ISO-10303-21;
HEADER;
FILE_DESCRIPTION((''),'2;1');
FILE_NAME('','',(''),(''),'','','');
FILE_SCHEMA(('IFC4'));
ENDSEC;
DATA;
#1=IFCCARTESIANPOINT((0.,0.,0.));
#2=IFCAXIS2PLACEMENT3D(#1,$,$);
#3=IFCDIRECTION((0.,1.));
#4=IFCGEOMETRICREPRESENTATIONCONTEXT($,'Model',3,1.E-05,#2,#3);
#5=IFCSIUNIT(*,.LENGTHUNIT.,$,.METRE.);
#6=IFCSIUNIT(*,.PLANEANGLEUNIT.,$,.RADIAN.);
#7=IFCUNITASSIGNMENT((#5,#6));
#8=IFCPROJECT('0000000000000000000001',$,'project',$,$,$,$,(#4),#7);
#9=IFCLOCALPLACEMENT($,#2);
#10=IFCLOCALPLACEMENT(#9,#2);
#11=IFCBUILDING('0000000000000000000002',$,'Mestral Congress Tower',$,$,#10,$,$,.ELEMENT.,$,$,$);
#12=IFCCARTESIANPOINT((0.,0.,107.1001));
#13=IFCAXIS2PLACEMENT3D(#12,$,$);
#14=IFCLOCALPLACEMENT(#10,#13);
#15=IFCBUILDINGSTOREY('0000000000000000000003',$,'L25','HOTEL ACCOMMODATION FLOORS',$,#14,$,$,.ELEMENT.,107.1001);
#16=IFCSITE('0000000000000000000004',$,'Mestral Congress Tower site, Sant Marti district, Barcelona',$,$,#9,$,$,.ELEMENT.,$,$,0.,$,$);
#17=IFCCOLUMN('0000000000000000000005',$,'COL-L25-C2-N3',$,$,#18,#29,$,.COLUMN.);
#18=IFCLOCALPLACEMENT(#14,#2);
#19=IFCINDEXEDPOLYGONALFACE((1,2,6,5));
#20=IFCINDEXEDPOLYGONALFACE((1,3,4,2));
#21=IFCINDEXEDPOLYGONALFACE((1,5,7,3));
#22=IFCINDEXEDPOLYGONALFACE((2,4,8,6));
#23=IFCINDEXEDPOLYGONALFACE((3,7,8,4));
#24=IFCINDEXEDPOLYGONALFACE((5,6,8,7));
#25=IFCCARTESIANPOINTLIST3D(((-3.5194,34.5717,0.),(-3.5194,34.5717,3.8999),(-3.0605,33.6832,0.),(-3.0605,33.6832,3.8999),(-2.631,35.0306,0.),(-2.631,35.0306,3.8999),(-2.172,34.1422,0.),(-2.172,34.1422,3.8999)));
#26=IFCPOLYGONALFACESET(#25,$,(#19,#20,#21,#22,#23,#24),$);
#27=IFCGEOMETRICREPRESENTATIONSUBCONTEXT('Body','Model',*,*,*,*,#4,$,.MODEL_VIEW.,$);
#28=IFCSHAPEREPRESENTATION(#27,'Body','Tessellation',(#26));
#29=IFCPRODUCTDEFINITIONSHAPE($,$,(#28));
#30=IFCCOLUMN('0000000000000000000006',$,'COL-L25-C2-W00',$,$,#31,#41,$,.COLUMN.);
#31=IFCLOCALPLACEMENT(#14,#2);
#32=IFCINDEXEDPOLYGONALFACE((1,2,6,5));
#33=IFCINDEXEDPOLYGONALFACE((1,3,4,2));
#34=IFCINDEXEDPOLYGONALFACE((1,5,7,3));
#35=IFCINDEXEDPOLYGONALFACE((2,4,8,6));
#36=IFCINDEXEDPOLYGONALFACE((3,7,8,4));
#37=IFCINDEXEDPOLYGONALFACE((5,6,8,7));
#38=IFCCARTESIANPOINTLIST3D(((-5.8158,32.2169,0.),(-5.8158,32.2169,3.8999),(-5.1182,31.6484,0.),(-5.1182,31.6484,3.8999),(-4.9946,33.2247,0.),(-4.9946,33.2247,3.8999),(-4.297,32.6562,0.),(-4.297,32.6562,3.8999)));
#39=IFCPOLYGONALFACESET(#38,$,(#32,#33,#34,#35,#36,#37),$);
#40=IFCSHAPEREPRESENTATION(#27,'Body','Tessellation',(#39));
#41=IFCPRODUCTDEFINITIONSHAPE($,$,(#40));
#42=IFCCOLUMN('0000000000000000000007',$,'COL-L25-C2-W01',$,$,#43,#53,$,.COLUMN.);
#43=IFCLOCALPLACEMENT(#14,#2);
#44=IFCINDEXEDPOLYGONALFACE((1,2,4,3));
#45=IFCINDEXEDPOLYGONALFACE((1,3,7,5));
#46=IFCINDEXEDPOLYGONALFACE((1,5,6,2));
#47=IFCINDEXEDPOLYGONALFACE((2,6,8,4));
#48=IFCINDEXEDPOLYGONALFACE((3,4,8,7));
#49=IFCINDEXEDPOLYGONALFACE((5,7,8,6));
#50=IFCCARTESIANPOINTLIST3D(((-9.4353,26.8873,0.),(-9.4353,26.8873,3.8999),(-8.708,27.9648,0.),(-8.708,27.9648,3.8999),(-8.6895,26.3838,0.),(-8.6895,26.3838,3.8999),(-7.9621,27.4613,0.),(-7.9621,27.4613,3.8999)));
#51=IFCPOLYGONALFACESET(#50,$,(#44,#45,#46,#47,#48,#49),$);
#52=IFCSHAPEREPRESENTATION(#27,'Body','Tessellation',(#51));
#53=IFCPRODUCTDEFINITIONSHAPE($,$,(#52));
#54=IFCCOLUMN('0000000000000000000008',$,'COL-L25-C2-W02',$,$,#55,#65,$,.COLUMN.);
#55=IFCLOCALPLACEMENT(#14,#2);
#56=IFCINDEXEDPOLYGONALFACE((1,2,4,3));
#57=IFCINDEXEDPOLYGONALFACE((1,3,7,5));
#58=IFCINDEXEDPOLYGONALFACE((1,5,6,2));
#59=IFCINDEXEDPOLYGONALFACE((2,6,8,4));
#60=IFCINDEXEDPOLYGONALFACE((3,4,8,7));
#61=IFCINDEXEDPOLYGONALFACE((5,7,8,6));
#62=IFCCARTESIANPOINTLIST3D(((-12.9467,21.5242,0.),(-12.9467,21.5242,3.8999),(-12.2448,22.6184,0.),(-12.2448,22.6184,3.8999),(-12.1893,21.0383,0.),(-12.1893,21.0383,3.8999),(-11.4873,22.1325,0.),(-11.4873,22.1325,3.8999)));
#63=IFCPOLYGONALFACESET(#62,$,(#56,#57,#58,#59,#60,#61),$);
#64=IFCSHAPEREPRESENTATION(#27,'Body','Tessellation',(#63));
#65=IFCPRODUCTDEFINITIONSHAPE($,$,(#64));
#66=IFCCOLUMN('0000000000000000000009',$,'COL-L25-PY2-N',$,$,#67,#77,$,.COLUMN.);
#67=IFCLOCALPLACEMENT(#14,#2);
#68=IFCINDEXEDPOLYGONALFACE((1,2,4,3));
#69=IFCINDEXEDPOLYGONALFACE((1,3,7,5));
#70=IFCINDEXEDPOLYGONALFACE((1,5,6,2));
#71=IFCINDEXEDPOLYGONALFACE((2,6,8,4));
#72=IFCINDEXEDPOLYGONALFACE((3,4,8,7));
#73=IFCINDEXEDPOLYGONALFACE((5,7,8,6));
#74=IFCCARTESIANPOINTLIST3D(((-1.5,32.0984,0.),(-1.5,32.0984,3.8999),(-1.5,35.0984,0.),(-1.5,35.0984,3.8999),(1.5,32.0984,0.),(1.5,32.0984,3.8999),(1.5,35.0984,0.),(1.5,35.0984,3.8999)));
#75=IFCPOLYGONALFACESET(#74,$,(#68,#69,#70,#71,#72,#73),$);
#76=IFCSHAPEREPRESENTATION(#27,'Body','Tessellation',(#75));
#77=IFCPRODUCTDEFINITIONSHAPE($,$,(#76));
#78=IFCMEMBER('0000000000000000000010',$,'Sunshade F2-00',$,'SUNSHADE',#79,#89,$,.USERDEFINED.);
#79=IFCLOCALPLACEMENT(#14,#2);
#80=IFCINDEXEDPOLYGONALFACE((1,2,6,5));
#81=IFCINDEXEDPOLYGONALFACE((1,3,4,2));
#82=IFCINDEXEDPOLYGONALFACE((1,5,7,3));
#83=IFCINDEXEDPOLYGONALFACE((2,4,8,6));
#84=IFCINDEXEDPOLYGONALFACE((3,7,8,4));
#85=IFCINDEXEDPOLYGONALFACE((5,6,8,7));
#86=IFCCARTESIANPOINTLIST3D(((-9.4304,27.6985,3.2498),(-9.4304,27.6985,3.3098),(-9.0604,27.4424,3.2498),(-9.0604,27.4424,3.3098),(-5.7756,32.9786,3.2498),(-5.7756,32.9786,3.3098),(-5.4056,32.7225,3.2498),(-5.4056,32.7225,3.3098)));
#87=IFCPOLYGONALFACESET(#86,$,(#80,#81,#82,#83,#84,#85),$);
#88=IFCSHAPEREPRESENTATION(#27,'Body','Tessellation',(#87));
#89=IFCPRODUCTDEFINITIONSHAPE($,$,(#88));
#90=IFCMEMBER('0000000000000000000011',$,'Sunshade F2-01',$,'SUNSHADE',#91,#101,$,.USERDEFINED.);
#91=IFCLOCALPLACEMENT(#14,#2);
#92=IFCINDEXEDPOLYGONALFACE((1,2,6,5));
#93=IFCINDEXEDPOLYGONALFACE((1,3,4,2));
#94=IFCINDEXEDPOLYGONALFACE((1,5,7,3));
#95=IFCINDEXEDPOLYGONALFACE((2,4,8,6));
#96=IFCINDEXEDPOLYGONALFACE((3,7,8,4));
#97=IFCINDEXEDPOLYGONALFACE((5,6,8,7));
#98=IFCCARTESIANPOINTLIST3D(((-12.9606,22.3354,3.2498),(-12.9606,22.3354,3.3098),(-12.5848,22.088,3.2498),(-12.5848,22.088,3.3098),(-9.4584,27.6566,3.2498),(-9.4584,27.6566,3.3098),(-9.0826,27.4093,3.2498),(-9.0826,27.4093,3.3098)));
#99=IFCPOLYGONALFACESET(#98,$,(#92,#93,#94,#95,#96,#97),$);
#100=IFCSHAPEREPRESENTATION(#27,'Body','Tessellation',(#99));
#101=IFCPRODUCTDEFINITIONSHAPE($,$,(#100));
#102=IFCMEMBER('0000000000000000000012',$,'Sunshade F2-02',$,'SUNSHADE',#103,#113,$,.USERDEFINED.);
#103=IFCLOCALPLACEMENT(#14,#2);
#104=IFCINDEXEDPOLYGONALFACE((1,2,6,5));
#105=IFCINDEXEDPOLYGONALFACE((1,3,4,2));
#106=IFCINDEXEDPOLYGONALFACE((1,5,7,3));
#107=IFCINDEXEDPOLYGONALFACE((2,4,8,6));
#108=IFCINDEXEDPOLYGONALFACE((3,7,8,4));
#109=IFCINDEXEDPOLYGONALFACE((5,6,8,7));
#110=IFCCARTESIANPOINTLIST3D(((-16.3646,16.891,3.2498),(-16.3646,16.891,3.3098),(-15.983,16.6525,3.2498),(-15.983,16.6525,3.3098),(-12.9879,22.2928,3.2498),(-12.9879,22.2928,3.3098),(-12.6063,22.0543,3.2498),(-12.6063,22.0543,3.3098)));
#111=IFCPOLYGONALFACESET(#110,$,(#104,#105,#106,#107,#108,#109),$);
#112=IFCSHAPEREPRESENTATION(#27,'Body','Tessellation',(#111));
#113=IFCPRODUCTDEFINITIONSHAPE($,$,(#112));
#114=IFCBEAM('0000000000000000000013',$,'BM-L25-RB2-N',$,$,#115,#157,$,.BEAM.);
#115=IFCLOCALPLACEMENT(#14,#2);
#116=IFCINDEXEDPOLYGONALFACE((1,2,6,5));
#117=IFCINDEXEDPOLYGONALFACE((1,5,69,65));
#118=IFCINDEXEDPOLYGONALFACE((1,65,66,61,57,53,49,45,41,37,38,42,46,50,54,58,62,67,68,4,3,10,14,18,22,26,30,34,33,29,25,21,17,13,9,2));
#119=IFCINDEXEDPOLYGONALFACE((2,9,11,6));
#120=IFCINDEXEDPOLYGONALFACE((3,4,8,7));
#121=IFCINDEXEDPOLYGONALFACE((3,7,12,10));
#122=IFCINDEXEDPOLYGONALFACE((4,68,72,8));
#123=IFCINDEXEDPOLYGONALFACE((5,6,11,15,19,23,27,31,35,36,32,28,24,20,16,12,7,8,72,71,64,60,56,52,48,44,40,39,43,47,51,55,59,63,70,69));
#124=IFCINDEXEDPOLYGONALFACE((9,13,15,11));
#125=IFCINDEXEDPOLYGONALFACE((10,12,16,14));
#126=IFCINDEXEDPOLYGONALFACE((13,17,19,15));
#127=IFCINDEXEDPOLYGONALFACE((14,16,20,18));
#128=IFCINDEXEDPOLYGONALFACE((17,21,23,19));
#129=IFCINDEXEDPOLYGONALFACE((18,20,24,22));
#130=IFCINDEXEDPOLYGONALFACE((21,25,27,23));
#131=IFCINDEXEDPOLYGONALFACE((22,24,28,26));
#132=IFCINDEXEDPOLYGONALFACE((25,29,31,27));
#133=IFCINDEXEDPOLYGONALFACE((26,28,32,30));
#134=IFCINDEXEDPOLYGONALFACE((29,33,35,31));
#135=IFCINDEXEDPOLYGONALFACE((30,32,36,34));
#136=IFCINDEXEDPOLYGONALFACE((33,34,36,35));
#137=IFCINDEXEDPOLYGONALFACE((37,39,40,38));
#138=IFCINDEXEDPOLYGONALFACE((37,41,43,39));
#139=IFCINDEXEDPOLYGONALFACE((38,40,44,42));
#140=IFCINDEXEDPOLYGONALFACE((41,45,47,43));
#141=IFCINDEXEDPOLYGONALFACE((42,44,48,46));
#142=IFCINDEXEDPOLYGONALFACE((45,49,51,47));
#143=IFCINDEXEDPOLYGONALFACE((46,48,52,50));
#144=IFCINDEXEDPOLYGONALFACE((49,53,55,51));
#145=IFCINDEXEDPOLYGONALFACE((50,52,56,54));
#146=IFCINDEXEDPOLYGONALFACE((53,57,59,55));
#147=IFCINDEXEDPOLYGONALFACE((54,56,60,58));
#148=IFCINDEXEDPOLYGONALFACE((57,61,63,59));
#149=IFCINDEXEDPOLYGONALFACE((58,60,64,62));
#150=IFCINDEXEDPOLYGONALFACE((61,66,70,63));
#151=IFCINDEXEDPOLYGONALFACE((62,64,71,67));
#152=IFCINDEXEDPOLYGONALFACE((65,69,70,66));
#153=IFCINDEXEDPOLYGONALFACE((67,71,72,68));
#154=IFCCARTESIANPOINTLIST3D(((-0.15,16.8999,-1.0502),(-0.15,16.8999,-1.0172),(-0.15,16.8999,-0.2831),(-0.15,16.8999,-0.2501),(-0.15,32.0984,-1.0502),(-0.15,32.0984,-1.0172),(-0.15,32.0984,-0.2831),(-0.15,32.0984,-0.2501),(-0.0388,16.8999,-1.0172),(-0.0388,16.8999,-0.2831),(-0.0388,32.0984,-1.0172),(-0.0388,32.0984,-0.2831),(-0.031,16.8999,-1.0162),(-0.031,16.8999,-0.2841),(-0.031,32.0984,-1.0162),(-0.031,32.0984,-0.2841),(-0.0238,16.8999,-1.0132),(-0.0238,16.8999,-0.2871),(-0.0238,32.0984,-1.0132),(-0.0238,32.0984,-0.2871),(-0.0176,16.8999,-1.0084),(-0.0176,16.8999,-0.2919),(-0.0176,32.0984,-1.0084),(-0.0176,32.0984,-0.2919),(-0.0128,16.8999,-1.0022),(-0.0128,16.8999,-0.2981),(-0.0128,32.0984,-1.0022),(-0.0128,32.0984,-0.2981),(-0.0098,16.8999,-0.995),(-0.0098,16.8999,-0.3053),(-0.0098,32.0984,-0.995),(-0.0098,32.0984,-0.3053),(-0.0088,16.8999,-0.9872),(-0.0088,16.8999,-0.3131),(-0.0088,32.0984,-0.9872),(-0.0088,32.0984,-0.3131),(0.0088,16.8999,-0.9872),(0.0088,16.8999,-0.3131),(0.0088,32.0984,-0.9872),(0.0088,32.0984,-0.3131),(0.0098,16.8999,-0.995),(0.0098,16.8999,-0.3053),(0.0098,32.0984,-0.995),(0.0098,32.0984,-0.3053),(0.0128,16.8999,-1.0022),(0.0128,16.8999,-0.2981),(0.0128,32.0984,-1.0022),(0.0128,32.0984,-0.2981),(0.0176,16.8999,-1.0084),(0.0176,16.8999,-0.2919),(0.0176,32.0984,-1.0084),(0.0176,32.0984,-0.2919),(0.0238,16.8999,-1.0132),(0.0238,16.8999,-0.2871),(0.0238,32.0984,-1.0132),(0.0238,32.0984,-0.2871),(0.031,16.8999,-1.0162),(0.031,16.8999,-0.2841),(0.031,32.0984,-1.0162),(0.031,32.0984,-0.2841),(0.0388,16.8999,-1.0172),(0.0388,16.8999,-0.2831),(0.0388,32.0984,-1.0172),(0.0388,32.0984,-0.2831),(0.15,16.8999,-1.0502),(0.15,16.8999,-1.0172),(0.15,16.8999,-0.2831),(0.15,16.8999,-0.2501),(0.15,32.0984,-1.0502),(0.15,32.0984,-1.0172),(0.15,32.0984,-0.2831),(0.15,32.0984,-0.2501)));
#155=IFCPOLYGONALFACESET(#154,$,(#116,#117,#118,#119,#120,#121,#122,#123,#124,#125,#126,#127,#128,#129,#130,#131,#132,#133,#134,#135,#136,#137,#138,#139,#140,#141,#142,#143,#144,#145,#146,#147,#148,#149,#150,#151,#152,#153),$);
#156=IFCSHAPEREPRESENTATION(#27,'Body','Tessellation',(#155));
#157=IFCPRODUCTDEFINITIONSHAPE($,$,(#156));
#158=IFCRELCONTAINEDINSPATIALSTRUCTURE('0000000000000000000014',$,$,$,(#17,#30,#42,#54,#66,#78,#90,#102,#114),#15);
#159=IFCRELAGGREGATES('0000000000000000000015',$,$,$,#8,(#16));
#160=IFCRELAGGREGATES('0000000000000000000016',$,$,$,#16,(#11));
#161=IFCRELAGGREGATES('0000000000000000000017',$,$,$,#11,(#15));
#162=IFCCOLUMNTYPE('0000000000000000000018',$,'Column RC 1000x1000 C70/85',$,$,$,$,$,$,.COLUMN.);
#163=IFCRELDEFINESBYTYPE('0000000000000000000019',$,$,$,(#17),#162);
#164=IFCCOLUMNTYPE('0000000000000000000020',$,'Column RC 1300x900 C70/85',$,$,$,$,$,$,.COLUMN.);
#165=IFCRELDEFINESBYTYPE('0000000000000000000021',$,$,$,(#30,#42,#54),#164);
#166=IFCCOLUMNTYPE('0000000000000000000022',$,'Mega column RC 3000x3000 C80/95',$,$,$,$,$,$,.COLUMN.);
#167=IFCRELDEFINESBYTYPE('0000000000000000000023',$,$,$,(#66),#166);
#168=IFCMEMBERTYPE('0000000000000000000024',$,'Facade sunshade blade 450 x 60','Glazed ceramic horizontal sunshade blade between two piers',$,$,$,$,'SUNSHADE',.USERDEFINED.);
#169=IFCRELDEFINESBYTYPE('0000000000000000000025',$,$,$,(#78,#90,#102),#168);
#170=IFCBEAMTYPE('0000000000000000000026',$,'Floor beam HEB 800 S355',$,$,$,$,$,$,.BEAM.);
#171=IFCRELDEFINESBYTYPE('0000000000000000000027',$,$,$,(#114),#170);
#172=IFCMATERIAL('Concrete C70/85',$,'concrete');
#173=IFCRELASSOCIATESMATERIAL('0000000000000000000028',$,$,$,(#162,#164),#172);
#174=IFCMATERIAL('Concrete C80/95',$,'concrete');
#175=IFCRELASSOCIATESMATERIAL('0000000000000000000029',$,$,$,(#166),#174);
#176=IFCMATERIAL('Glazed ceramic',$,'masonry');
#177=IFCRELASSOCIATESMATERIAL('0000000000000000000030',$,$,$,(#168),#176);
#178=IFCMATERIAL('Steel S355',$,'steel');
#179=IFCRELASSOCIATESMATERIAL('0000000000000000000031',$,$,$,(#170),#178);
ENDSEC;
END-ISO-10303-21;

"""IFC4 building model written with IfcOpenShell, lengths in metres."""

from ifc_helpers import new_model, si_unit, direction, frame, origin, origin_2d, place, context, subcontext, project, spatial, rectangle, i_section, extrude, material, material_profile, profile_set, type_object, element, save


model = new_model("IFC4")

# Units and contexts
model_context = context("Model", 3, precision=1e-05, world=origin(), true_north=direction((0.0, 1.0)))
body_context = subcontext(model_context, "Body", "Model", "MODEL_VIEW")
ifc_project = project(units=[si_unit("LENGTHUNIT", "METRE"), si_unit("PLANEANGLEUNIT", "RADIAN")], contexts=[model_context])

# Site, building, storey
site_placement = place(None, origin())
site = spatial("IfcSite", under=ifc_project, at=site_placement, Name="Mestral Congress Tower site, Sant Marti district, Barcelona", CompositionType="ELEMENT", RefElevation=0.0)
building_placement = place(site_placement, origin())
building = spatial("IfcBuilding", under=site, at=building_placement, Name="Mestral Congress Tower", CompositionType="ELEMENT")
storey_placement = place(building_placement, frame((0.0, 0.0, 107.1001)))
storey = spatial("IfcBuildingStorey", under=building, at=storey_placement, Name="L25", Description="HOTEL ACCOMMODATION FLOORS", CompositionType="ELEMENT", Elevation=107.1001)

# Columns
ifc_material_1 = material(Name="Concrete C70/85", Category="concrete")
ifc_material_profile_1 = material_profile(ifc_material_1, rectangle(XDim=1.0, YDim=1.0, at=origin_2d()), Name="RC 1000x1000")
ifc_profile_set_1 = profile_set([ifc_material_profile_1], Name="Concrete C70/85")
column_type_1 = type_object("IfcColumnType", Name="Column RC 1000x1000 C70/85", PredefinedType="COLUMN", material=ifc_profile_set_1)
column_1_placement = place(storey_placement, frame((-2.8457, 34.3569, 0.0), z_axis=(0.0, 0.0, 1.0), x_axis=(-0.888456, -0.458961, 0.0)))
element("IfcColumn", 1, at=column_1_placement, inside=storey, type_object=column_type_1, Name="COL-L25-C2-N3", PredefinedType="COLUMN", context=body_context, shape_type="SweptSolid", body=[
    extrude(rectangle(XDim=1.0, YDim=1.0, at=origin_2d()), origin(), (0.0, 0.0, 1.0), 3.8999),
])
ifc_material_profile_2 = material_profile(ifc_material_1, rectangle(XDim=1.3, YDim=0.8999, at=origin_2d()), Name="RC 1300x900")
ifc_profile_set_2 = profile_set([ifc_material_profile_2], Name="Concrete C70/85")
column_type_2 = type_object("IfcColumnType", Name="Column RC 1300x900 C70/85", PredefinedType="COLUMN", material=ifc_profile_set_2)
for number, where, z_axis, x_axis, name in (
    (2, (-5.0564, 32.4365, 0.0), (0.0, 0.0, 1.0), (-0.631709, -0.775206, 0.0), "COL-L25-C2-W00"),
    (3, (-8.6987, 27.1743, 0.0), (0.0, 0.0, 1.0), (-0.559479, -0.828844, 0.0), "COL-L25-C2-W01"),
    (4, (-12.217, 21.8284, 0.0), (0.0, 0.0, 1.0), (-0.539945, -0.8417, 0.0), "COL-L25-C2-W02"),
):
    element("IfcColumn", number, at=place(storey_placement, frame(where, z_axis=z_axis, x_axis=x_axis)), inside=storey, type_object=column_type_2, Name=name, PredefinedType="COLUMN", context=body_context, shape_type="SweptSolid", body=[
        extrude(rectangle(XDim=1.3, YDim=0.8999, at=origin_2d()), origin(), (0.0, 0.0, 1.0), 3.8999),
    ])
ifc_material_2 = material(Name="Concrete C80/95", Category="concrete")
ifc_material_profile_3 = material_profile(ifc_material_2, rectangle(XDim=3.0, YDim=3.0, at=origin_2d()), Name="RC 3000x3000")
ifc_profile_set_3 = profile_set([ifc_material_profile_3], Name="Concrete C80/95")
column_type_3 = type_object("IfcColumnType", Name="Mega column RC 3000x3000 C80/95", PredefinedType="COLUMN", material=ifc_profile_set_3)
column_2_placement = place(storey_placement, frame((0.0, 33.5984, 0.0), z_axis=(0.0, 0.0, 1.0), x_axis=(0.0, 1.0, 0.0)))
element("IfcColumn", 5, at=column_2_placement, inside=storey, type_object=column_type_3, Name="COL-L25-PY2-N", PredefinedType="COLUMN", context=body_context, shape_type="SweptSolid", body=[
    extrude(rectangle(XDim=3.0, YDim=3.0, at=origin_2d()), origin(), (0.0, 0.0, 1.0), 3.8999),
])

# Members
ifc_material_3 = material(Name="Glazed ceramic", Category="masonry")
ifc_material_profile_4 = material_profile(ifc_material_3, rectangle(XDim=0.45, YDim=0.0601, at=origin_2d()), Name="Ceramic blade 450 x 60")
ifc_profile_set_4 = profile_set([ifc_material_profile_4], Name="Glazed ceramic")
member_type = type_object("IfcMemberType", Name="Facade sunshade blade 450 x 60", Description="Glazed ceramic horizontal sunshade blade between two piers", ElementType="SUNSHADE", PredefinedType="USERDEFINED", material=ifc_profile_set_4)
member_placement = place(storey_placement, frame((-5.5906, 32.8506, 3.2798), z_axis=(-0.569145, -0.822237, 0.0), x_axis=(0.822237, -0.569145, 0.0)))
element("IfcMember", 6, at=member_placement, inside=storey, type_object=member_type, Name="Sunshade F2-00", ObjectType="SUNSHADE", PredefinedType="USERDEFINED", context=body_context, shape_type="SweptSolid", body=[
    extrude(rectangle(XDim=0.45, YDim=0.0601, at=origin_2d()), origin(), (0.0, 0.0, 1.0), 6.4216),
])
for number, where, z_axis, x_axis, name in (
    (7, (-9.2705, 27.533, 3.2798), (-0.549764, -0.83532, 0.0), (0.83532, -0.549764, 0.0), "Sunshade F2-01"),
    (8, (-12.7971, 22.1736, 3.2798), (-0.530061, -0.84796, 0.0), (0.84796, -0.530061, 0.0), "Sunshade F2-02"),
):
    element("IfcMember", number, at=place(storey_placement, frame(where, z_axis=z_axis, x_axis=x_axis)), inside=storey, type_object=member_type, Name=name, ObjectType="SUNSHADE", PredefinedType="USERDEFINED", context=body_context, shape_type="SweptSolid", body=[
        extrude(rectangle(XDim=0.45, YDim=0.0601, at=origin_2d()), origin(), (0.0, 0.0, 1.0), 6.3704),
    ])

# Beam
ifc_material_4 = material(Name="Steel S355", Category="steel")
ifc_material_profile_5 = material_profile(ifc_material_4, i_section(OverallWidth=0.3, OverallDepth=0.8, WebThickness=0.0176, FlangeThickness=0.033, FilletRadius=0.03, at=origin_2d()), Name="HEB 800")
ifc_profile_set_5 = profile_set([ifc_material_profile_5], Name="Steel S355")
beam_type_1 = type_object("IfcBeamType", Name="Floor beam HEB 800 S355", PredefinedType="BEAM", material=ifc_profile_set_5)
beam_1_placement = place(storey_placement, frame((0.0, 32.0984, -0.6501), z_axis=(0.0, -1.0, 0.0), x_axis=(1.0, 0.0, 0.0)))
element("IfcBeam", 9, at=beam_1_placement, inside=storey, type_object=beam_type_1, Name="BM-L25-RB2-N", PredefinedType="BEAM", context=body_context, shape_type="SweptSolid", body=[
    extrude(i_section(OverallWidth=0.3, OverallDepth=0.8, WebThickness=0.0176, FlangeThickness=0.033, FilletRadius=0.03, at=origin_2d()), origin(), (0.0, 0.0, 1.0), 15.1985),
])

save(model, "model.ifc")
